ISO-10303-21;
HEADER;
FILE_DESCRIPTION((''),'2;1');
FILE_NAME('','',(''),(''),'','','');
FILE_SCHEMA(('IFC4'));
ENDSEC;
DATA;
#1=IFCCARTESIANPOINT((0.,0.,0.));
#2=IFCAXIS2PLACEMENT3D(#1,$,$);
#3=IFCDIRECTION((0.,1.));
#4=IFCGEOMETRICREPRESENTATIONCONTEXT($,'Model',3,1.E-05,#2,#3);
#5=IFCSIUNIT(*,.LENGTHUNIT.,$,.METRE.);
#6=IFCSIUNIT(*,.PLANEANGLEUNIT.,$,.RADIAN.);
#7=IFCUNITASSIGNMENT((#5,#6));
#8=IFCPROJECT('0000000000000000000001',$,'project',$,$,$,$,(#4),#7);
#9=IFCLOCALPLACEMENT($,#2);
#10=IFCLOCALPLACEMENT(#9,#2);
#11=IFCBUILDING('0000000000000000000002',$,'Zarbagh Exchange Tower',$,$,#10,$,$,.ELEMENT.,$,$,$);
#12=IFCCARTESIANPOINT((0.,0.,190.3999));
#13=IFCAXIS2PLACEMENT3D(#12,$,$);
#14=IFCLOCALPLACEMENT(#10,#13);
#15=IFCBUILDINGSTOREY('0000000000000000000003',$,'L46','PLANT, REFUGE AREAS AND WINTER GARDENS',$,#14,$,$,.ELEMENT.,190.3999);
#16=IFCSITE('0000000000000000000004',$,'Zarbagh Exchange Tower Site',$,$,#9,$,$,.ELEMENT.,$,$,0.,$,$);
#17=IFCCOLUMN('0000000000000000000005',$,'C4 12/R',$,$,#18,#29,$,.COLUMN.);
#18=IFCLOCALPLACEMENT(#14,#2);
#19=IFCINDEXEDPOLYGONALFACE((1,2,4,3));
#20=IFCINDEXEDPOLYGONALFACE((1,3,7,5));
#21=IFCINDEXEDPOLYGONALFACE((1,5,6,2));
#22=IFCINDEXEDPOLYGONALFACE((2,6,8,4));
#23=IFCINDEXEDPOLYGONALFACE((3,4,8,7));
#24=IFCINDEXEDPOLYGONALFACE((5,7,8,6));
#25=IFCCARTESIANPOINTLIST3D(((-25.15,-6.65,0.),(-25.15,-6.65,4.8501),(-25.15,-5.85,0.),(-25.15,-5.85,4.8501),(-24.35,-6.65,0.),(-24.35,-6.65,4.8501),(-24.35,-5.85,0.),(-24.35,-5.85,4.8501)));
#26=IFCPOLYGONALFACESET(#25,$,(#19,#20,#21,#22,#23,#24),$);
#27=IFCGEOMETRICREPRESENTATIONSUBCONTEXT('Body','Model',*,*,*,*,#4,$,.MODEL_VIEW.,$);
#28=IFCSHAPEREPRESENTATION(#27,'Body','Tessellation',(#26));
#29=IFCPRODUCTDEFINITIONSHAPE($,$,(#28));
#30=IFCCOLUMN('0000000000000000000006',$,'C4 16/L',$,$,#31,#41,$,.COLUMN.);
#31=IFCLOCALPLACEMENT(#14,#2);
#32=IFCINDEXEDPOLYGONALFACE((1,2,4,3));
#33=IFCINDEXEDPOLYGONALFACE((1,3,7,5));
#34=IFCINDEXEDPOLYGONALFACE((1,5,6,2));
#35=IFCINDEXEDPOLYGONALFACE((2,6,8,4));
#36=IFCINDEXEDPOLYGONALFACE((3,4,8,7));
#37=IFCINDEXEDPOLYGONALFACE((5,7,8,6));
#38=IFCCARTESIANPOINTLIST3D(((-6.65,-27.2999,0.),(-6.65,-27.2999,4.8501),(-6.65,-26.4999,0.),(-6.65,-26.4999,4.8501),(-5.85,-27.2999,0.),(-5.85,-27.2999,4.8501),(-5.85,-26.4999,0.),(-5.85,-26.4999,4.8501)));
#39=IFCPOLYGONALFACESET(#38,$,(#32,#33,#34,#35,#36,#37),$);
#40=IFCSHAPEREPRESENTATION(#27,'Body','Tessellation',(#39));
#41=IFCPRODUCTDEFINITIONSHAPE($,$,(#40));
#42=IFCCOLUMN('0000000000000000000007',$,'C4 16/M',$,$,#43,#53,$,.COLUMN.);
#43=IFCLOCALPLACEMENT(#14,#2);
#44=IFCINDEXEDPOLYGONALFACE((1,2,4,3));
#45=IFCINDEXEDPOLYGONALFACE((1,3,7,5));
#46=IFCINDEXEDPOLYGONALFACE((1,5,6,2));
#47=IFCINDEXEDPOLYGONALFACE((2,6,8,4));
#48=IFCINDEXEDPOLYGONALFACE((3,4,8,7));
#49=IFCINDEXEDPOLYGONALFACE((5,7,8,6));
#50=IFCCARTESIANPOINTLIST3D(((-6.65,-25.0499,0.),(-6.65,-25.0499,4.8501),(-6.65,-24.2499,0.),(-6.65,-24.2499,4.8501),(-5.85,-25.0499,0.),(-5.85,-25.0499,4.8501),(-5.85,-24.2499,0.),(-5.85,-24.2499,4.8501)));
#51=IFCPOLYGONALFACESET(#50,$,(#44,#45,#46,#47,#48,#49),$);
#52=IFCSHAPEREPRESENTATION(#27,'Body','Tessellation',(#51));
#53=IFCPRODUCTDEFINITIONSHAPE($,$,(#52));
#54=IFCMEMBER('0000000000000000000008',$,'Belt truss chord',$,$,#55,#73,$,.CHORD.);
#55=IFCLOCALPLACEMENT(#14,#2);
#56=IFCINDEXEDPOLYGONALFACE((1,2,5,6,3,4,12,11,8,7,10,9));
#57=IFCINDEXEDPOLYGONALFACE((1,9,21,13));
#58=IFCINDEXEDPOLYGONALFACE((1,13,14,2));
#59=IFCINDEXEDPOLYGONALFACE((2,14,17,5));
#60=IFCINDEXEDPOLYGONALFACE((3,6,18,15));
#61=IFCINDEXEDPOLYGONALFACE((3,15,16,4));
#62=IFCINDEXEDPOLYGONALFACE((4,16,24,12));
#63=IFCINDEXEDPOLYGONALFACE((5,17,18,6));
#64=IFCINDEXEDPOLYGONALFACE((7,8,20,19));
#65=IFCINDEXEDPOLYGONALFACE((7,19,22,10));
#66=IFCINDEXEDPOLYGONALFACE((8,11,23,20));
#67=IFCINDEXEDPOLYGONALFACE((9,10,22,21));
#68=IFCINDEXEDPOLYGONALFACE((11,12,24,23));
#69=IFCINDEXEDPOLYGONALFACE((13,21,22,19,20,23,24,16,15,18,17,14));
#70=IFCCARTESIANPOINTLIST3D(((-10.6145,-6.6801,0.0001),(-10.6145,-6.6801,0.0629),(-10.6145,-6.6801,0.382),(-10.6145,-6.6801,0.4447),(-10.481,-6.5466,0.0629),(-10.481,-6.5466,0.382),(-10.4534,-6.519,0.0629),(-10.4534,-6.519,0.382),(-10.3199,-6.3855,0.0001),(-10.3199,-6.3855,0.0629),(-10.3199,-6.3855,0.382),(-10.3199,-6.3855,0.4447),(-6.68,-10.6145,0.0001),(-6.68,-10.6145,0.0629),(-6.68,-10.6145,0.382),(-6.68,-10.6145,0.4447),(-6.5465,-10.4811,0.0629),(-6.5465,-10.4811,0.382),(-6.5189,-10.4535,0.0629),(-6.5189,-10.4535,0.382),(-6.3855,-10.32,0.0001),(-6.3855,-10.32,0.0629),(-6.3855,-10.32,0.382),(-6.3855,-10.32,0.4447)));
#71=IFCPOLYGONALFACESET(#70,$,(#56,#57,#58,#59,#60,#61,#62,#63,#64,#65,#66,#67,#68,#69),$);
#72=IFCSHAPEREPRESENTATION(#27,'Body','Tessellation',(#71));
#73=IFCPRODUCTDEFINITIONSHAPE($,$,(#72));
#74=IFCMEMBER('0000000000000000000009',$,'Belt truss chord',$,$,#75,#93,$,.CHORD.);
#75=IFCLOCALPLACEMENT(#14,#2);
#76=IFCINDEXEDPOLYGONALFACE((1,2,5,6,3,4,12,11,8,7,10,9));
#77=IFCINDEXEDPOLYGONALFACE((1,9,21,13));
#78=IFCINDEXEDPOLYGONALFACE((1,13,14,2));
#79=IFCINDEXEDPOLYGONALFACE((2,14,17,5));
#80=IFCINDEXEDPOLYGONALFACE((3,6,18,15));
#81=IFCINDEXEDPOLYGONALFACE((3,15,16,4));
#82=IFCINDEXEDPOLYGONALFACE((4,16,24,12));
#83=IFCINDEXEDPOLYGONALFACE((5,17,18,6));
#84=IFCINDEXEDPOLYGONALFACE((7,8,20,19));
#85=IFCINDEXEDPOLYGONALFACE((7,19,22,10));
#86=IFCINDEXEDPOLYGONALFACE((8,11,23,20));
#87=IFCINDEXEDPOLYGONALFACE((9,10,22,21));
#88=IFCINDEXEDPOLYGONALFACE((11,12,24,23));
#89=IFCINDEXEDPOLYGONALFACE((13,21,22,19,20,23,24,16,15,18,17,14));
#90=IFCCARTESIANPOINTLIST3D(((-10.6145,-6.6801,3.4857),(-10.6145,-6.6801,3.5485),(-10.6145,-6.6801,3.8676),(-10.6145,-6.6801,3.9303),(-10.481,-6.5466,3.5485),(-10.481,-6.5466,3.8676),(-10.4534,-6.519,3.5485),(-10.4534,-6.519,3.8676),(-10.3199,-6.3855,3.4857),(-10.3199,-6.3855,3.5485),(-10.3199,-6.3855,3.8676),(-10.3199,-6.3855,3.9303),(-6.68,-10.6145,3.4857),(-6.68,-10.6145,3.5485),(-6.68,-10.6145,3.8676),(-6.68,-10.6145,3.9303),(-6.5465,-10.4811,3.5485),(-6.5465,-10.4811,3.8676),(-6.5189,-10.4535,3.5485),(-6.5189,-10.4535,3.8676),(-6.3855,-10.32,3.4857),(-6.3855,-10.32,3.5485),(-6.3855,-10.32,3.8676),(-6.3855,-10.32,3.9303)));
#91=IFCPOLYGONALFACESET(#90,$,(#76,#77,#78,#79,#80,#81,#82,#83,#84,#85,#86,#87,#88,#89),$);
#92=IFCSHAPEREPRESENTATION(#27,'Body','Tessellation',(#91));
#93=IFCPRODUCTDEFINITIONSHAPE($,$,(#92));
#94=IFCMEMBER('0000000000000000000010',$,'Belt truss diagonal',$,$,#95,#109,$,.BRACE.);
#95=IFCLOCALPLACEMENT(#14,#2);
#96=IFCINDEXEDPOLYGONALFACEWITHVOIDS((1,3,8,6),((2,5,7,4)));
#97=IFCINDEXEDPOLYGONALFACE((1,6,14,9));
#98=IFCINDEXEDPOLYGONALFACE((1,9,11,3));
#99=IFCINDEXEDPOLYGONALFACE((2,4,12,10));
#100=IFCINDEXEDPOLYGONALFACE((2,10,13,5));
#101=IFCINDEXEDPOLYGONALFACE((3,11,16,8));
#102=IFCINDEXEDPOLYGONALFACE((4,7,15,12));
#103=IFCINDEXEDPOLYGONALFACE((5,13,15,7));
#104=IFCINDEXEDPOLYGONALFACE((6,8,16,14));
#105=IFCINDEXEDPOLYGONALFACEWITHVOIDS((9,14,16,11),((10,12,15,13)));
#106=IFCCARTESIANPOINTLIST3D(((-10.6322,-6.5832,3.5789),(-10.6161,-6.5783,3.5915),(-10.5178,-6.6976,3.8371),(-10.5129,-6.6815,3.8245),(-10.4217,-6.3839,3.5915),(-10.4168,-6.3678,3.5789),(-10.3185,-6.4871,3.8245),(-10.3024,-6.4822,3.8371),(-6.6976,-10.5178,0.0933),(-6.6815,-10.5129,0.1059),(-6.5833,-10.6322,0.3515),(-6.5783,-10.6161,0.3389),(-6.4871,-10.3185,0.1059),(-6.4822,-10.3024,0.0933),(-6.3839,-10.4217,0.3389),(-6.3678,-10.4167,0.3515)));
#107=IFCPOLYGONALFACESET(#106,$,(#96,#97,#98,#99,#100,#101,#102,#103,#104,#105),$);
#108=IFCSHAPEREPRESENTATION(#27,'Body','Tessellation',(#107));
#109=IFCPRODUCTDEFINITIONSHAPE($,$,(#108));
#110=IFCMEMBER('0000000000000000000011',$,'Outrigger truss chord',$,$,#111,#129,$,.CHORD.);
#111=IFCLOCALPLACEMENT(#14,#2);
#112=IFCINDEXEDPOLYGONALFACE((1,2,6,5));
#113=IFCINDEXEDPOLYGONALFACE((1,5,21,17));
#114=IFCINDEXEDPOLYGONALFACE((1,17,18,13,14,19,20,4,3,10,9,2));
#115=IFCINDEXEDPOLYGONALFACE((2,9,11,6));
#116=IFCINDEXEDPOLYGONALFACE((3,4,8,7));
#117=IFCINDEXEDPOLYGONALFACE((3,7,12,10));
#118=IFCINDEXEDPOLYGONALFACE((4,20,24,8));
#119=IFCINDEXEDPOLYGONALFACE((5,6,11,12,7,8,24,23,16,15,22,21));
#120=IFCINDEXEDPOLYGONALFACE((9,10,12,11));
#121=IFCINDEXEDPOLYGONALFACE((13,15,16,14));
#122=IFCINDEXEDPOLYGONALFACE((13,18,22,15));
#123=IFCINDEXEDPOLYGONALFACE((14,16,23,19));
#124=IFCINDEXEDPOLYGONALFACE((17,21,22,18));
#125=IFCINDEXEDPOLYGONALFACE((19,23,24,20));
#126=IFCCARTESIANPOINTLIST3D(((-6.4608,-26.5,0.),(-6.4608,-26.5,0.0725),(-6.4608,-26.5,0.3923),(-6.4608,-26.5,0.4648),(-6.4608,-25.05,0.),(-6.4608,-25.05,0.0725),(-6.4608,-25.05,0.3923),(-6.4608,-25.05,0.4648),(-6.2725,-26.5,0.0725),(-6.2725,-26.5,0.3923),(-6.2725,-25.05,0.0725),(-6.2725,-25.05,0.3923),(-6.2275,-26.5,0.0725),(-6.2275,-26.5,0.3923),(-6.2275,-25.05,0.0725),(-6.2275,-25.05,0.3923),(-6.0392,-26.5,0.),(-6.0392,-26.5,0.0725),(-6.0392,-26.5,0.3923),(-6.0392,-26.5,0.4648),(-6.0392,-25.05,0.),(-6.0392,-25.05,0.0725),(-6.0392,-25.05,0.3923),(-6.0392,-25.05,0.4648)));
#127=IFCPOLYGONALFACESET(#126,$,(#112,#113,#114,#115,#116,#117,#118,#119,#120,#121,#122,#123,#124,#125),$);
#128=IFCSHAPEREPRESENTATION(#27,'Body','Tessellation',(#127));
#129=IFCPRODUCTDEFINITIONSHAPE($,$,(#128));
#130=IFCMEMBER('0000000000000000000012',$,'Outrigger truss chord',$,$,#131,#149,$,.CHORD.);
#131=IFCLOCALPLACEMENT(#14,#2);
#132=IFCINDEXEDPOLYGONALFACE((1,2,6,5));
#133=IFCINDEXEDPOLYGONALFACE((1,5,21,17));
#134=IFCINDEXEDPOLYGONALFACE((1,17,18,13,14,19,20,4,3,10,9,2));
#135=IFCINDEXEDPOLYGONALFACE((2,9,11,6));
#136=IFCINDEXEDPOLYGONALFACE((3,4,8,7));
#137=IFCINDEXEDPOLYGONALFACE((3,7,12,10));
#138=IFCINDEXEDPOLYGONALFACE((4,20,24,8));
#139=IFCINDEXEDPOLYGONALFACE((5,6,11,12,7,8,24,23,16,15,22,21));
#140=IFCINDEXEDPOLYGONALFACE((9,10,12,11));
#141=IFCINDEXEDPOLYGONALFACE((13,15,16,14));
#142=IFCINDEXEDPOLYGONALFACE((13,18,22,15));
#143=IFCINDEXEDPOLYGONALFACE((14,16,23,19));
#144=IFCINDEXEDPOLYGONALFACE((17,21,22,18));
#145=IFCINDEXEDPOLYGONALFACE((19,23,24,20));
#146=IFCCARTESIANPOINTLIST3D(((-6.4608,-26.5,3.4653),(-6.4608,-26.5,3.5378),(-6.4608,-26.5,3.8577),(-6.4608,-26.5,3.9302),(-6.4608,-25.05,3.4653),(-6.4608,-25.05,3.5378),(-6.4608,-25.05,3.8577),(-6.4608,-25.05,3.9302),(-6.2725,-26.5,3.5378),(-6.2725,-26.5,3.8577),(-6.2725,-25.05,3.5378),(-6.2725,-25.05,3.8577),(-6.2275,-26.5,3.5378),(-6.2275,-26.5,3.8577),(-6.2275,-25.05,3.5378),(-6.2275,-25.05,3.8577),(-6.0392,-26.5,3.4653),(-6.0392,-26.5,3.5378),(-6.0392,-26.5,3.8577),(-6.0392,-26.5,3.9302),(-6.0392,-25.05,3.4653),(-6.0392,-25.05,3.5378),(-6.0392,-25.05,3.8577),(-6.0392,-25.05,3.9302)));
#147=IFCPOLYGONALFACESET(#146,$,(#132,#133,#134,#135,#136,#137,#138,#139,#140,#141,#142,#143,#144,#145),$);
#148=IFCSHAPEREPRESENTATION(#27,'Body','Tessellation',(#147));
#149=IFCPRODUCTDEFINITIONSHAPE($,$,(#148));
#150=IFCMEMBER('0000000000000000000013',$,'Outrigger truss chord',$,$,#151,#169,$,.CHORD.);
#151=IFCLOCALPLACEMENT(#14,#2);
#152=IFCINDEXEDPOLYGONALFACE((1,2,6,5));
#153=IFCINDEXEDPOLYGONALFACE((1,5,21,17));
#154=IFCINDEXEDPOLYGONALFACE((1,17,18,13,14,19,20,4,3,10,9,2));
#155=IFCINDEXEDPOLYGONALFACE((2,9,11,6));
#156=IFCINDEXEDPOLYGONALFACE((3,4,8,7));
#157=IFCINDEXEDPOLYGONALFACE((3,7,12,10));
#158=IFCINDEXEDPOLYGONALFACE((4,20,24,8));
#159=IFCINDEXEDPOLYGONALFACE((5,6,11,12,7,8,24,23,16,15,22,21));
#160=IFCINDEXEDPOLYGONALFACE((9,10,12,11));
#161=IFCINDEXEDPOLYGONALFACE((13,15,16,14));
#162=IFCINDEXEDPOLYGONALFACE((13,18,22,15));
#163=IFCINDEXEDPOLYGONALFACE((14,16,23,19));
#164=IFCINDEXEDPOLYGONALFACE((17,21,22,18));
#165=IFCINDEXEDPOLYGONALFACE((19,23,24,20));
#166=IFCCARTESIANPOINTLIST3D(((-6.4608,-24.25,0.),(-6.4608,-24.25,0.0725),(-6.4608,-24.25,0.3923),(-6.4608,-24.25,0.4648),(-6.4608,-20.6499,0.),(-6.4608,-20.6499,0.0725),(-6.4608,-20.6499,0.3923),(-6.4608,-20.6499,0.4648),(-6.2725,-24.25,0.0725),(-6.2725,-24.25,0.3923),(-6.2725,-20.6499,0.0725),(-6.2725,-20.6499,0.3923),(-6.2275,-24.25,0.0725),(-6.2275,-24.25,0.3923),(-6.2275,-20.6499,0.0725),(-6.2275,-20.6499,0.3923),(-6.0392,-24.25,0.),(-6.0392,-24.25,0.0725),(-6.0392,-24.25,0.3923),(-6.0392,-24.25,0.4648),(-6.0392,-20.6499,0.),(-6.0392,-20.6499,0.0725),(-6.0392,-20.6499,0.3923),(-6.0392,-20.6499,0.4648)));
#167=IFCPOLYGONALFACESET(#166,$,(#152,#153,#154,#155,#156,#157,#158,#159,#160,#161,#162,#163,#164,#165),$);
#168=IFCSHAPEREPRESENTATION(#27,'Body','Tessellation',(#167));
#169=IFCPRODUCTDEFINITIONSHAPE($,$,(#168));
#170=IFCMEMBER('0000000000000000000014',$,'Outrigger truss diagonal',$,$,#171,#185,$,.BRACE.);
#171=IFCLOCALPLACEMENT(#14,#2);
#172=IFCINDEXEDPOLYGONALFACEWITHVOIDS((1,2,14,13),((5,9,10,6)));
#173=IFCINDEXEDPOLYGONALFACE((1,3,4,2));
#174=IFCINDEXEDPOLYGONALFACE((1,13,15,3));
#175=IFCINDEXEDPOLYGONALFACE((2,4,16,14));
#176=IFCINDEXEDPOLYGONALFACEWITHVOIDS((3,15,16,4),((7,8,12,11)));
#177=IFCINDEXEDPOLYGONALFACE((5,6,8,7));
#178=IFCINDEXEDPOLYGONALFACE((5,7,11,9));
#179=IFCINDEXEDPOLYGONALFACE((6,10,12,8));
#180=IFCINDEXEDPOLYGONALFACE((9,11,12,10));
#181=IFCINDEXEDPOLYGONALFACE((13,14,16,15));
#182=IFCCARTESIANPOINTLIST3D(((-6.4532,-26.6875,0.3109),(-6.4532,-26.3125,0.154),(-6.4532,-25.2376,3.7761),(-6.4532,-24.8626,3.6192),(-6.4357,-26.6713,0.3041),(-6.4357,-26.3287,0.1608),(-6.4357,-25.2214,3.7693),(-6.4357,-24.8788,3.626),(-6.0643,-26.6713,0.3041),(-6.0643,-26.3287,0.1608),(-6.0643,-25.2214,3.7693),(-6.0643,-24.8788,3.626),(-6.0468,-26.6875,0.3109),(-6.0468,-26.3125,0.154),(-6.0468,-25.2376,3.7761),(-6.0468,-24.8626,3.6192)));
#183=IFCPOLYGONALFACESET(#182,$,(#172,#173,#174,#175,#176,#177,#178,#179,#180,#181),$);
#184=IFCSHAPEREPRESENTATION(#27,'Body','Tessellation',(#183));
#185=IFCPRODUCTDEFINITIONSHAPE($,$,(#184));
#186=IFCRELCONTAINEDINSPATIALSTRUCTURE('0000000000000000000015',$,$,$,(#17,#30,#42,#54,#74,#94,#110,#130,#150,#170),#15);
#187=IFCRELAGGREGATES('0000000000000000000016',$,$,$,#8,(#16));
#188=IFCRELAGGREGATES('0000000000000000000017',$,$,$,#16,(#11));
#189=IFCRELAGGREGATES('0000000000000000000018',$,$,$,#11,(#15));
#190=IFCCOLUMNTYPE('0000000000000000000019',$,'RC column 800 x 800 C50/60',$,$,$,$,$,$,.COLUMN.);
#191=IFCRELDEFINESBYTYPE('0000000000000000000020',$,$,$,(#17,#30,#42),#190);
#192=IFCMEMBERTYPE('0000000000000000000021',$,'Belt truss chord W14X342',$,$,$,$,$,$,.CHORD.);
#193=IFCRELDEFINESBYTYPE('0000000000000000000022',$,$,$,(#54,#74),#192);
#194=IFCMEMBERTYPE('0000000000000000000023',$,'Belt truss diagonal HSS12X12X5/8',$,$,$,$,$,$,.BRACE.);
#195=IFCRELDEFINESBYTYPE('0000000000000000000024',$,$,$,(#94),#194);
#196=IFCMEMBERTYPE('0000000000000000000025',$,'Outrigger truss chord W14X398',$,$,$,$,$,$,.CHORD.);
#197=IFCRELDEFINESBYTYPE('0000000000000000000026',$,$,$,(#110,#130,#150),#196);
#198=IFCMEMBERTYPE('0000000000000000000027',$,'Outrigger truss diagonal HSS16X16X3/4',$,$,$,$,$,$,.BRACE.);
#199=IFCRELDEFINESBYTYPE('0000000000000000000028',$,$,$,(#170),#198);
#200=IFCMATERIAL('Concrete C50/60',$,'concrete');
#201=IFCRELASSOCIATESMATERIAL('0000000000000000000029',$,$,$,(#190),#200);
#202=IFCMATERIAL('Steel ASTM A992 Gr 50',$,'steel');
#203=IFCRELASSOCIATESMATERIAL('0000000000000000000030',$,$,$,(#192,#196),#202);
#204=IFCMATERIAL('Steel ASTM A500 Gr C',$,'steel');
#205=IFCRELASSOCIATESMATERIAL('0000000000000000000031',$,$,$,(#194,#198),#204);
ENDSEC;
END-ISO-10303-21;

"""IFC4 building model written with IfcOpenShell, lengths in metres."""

from ifc_helpers import new_model, si_unit, direction, frame, origin, origin_2d, place, context, subcontext, project, spatial, rectangle, hollow_rectangle, i_section, extrude, material, material_profile, profile_set, type_object, element, save


model = new_model("IFC4")

# Units and contexts
model_context = context("Model", 3, precision=1e-05, world=origin(), true_north=direction((0.0, 1.0)))
body_context = subcontext(model_context, "Body", "Model", "MODEL_VIEW")
ifc_project = project(units=[si_unit("LENGTHUNIT", "METRE"), si_unit("PLANEANGLEUNIT", "RADIAN")], contexts=[model_context])

# Site, building, storey
site_placement = place(None, origin())
site = spatial("IfcSite", under=ifc_project, at=site_placement, Name="Zarbagh Exchange Tower Site", CompositionType="ELEMENT", RefElevation=0.0)
building_placement = place(site_placement, origin())
building = spatial("IfcBuilding", under=site, at=building_placement, Name="Zarbagh Exchange Tower", CompositionType="ELEMENT")
storey_placement = place(building_placement, frame((0.0, 0.0, 190.3999)))
storey = spatial("IfcBuildingStorey", under=building, at=storey_placement, Name="L46", Description="PLANT, REFUGE AREAS AND WINTER GARDENS", CompositionType="ELEMENT", Elevation=190.3999)

# Columns
ifc_material_1 = material(Name="Concrete C50/60", Category="concrete")
ifc_material_profile_1 = material_profile(ifc_material_1, rectangle(XDim=0.8, YDim=0.8, at=origin_2d()), Name="RC column 800 x 800 C50/60")
ifc_profile_set_1 = profile_set([ifc_material_profile_1], Name="Concrete C50/60")
column_type = type_object("IfcColumnType", Name="RC column 800 x 800 C50/60", PredefinedType="COLUMN", material=ifc_profile_set_1)
for number, where, z_axis, x_axis, name in (
    (1, (-24.75, -6.25, 0.0), (0.0, 0.0, 1.0), (1.0, 0.0, 0.0), "C4 12/R"),
    (2, (-6.25, -26.8999, 0.0), (0.0, 0.0, 1.0), (1.0, 0.0, 0.0), "C4 16/L"),
    (3, (-6.25, -24.6499, 0.0), (0.0, 0.0, 1.0), (1.0, 0.0, 0.0), "C4 16/M"),
):
    element("IfcColumn", number, at=place(storey_placement, frame(where, z_axis=z_axis, x_axis=x_axis)), inside=storey, type_object=column_type, Name=name, PredefinedType="COLUMN", context=body_context, shape_type="SweptSolid", body=[
        extrude(rectangle(XDim=0.8, YDim=0.8, at=origin_2d()), origin(), (0.0, 0.0, 1.0), 4.8501),
    ])

# Members
ifc_material_2 = material(Name="Steel ASTM A992 Gr 50", Category="steel")
ifc_material_profile_2 = material_profile(ifc_material_2, i_section(OverallWidth=0.4165, OverallDepth=0.4446, WebThickness=0.0391, FlangeThickness=0.0627, at=origin_2d()), Name="W14X342")
ifc_profile_set_2 = profile_set([ifc_material_profile_2], Name="Steel ASTM A992 Gr 50")
member_type_1 = type_object("IfcMemberType", Name="Belt truss chord W14X342", PredefinedType="CHORD", material=ifc_profile_set_2)
for number, where, z_axis, x_axis, name in (
    (4, (-6.5327, -10.4673, 0.2224), (-0.707107, 0.707107, 0.0), (-0.707107, -0.707107, 0.0), "Belt truss chord"),
    (5, (-6.5327, -10.4673, 3.708), (-0.707107, 0.707107, 0.0), (-0.707107, -0.707107, 0.0), "Belt truss chord"),
):
    element("IfcMember", number, at=place(storey_placement, frame(where, z_axis=z_axis, x_axis=x_axis)), inside=storey, type_object=member_type_1, Name=name, PredefinedType="CHORD", context=body_context, shape_type="SweptSolid", body=[
        extrude(i_section(OverallWidth=0.4165, OverallDepth=0.4446, WebThickness=0.0391, FlangeThickness=0.0627, at=origin_2d()), origin(), (0.0, 0.0, 1.0), 5.5642),
    ])
ifc_material_3 = material(Name="Steel ASTM A500 Gr C", Category="steel")
ifc_material_profile_3 = material_profile(ifc_material_3, hollow_rectangle(XDim=0.3047, YDim=0.3047, WallThickness=0.0149, at=origin_2d()), Name="HSS12X12X5/8")
ifc_profile_set_3 = profile_set([ifc_material_profile_3], Name="Steel ASTM A500 Gr C")
member_type_2 = type_object("IfcMemberType", Name="Belt truss diagonal HSS12X12X5/8", PredefinedType="BRACE", material=ifc_profile_set_3)
member_1_placement = place(storey_placement, frame((-6.5327, -10.4673, 0.2224), z_axis=(-0.599243, 0.599243, 0.530863), x_axis=(-0.707107, -0.707107, 0.0)))
element("IfcMember", 6, at=member_1_placement, inside=storey, type_object=member_type_2, Name="Belt truss diagonal", PredefinedType="BRACE", context=body_context, shape_type="SweptSolid", body=[
    extrude(hollow_rectangle(XDim=0.3047, YDim=0.3047, WallThickness=0.0149, at=origin_2d()), origin(), (0.0, 0.0, 1.0), 6.5659),
])
ifc_material_profile_4 = material_profile(ifc_material_2, i_section(OverallWidth=0.4216, OverallDepth=0.4648, WebThickness=0.0449, FlangeThickness=0.0725, at=origin_2d()), Name="W14X398")
ifc_profile_set_4 = profile_set([ifc_material_profile_4], Name="Steel ASTM A992 Gr 50")
member_type_3 = type_object("IfcMemberType", Name="Outrigger truss chord W14X398", PredefinedType="CHORD", material=ifc_profile_set_4)
for number, where, z_axis, x_axis, name in (
    (7, (-6.25, -26.5, 0.2324), (0.0, 1.0, 0.0), (-1.0, 0.0, 0.0), "Outrigger truss chord"),
    (8, (-6.25, -26.5, 3.6978), (0.0, 1.0, 0.0), (-1.0, 0.0, 0.0), "Outrigger truss chord"),
):
    element("IfcMember", number, at=place(storey_placement, frame(where, z_axis=z_axis, x_axis=x_axis)), inside=storey, type_object=member_type_3, Name=name, PredefinedType="CHORD", context=body_context, shape_type="SweptSolid", body=[
        extrude(i_section(OverallWidth=0.4216, OverallDepth=0.4648, WebThickness=0.0449, FlangeThickness=0.0725, at=origin_2d()), origin(), (0.0, 0.0, 1.0), 1.45),
    ])
member_2_placement = place(storey_placement, frame((-6.25, -24.25, 0.2324), z_axis=(0.0, 1.0, 0.0), x_axis=(-1.0, 0.0, 0.0)))
element("IfcMember", 9, at=member_2_placement, inside=storey, type_object=member_type_3, Name="Outrigger truss chord", PredefinedType="CHORD", context=body_context, shape_type="SweptSolid", body=[
    extrude(i_section(OverallWidth=0.4216, OverallDepth=0.4648, WebThickness=0.0449, FlangeThickness=0.0725, at=origin_2d()), origin(), (0.0, 0.0, 1.0), 3.6001),
])
ifc_material_profile_5 = material_profile(ifc_material_3, hollow_rectangle(XDim=0.4065, YDim=0.4065, WallThickness=0.0176, at=origin_2d()), Name="HSS16X16X3/4")
ifc_profile_set_5 = profile_set([ifc_material_profile_5], Name="Steel ASTM A500 Gr C")
member_type_4 = type_object("IfcMemberType", Name="Outrigger truss diagonal HSS16X16X3/4", PredefinedType="BRACE", material=ifc_profile_set_5)
member_3_placement = place(storey_placement, frame((-6.25, -26.5, 0.2324), z_axis=(0.0, 0.38599, 0.922503), x_axis=(-1.0, 0.0, 0.0)))
element("IfcMember", 10, at=member_3_placement, inside=storey, type_object=member_type_4, Name="Outrigger truss diagonal", PredefinedType="BRACE", context=body_context, shape_type="SweptSolid", body=[
    extrude(hollow_rectangle(XDim=0.4065, YDim=0.4065, WallThickness=0.0176, at=origin_2d()), origin(), (0.0, 0.0, 1.0), 3.7563),
])

save(model, "model.ifc")
